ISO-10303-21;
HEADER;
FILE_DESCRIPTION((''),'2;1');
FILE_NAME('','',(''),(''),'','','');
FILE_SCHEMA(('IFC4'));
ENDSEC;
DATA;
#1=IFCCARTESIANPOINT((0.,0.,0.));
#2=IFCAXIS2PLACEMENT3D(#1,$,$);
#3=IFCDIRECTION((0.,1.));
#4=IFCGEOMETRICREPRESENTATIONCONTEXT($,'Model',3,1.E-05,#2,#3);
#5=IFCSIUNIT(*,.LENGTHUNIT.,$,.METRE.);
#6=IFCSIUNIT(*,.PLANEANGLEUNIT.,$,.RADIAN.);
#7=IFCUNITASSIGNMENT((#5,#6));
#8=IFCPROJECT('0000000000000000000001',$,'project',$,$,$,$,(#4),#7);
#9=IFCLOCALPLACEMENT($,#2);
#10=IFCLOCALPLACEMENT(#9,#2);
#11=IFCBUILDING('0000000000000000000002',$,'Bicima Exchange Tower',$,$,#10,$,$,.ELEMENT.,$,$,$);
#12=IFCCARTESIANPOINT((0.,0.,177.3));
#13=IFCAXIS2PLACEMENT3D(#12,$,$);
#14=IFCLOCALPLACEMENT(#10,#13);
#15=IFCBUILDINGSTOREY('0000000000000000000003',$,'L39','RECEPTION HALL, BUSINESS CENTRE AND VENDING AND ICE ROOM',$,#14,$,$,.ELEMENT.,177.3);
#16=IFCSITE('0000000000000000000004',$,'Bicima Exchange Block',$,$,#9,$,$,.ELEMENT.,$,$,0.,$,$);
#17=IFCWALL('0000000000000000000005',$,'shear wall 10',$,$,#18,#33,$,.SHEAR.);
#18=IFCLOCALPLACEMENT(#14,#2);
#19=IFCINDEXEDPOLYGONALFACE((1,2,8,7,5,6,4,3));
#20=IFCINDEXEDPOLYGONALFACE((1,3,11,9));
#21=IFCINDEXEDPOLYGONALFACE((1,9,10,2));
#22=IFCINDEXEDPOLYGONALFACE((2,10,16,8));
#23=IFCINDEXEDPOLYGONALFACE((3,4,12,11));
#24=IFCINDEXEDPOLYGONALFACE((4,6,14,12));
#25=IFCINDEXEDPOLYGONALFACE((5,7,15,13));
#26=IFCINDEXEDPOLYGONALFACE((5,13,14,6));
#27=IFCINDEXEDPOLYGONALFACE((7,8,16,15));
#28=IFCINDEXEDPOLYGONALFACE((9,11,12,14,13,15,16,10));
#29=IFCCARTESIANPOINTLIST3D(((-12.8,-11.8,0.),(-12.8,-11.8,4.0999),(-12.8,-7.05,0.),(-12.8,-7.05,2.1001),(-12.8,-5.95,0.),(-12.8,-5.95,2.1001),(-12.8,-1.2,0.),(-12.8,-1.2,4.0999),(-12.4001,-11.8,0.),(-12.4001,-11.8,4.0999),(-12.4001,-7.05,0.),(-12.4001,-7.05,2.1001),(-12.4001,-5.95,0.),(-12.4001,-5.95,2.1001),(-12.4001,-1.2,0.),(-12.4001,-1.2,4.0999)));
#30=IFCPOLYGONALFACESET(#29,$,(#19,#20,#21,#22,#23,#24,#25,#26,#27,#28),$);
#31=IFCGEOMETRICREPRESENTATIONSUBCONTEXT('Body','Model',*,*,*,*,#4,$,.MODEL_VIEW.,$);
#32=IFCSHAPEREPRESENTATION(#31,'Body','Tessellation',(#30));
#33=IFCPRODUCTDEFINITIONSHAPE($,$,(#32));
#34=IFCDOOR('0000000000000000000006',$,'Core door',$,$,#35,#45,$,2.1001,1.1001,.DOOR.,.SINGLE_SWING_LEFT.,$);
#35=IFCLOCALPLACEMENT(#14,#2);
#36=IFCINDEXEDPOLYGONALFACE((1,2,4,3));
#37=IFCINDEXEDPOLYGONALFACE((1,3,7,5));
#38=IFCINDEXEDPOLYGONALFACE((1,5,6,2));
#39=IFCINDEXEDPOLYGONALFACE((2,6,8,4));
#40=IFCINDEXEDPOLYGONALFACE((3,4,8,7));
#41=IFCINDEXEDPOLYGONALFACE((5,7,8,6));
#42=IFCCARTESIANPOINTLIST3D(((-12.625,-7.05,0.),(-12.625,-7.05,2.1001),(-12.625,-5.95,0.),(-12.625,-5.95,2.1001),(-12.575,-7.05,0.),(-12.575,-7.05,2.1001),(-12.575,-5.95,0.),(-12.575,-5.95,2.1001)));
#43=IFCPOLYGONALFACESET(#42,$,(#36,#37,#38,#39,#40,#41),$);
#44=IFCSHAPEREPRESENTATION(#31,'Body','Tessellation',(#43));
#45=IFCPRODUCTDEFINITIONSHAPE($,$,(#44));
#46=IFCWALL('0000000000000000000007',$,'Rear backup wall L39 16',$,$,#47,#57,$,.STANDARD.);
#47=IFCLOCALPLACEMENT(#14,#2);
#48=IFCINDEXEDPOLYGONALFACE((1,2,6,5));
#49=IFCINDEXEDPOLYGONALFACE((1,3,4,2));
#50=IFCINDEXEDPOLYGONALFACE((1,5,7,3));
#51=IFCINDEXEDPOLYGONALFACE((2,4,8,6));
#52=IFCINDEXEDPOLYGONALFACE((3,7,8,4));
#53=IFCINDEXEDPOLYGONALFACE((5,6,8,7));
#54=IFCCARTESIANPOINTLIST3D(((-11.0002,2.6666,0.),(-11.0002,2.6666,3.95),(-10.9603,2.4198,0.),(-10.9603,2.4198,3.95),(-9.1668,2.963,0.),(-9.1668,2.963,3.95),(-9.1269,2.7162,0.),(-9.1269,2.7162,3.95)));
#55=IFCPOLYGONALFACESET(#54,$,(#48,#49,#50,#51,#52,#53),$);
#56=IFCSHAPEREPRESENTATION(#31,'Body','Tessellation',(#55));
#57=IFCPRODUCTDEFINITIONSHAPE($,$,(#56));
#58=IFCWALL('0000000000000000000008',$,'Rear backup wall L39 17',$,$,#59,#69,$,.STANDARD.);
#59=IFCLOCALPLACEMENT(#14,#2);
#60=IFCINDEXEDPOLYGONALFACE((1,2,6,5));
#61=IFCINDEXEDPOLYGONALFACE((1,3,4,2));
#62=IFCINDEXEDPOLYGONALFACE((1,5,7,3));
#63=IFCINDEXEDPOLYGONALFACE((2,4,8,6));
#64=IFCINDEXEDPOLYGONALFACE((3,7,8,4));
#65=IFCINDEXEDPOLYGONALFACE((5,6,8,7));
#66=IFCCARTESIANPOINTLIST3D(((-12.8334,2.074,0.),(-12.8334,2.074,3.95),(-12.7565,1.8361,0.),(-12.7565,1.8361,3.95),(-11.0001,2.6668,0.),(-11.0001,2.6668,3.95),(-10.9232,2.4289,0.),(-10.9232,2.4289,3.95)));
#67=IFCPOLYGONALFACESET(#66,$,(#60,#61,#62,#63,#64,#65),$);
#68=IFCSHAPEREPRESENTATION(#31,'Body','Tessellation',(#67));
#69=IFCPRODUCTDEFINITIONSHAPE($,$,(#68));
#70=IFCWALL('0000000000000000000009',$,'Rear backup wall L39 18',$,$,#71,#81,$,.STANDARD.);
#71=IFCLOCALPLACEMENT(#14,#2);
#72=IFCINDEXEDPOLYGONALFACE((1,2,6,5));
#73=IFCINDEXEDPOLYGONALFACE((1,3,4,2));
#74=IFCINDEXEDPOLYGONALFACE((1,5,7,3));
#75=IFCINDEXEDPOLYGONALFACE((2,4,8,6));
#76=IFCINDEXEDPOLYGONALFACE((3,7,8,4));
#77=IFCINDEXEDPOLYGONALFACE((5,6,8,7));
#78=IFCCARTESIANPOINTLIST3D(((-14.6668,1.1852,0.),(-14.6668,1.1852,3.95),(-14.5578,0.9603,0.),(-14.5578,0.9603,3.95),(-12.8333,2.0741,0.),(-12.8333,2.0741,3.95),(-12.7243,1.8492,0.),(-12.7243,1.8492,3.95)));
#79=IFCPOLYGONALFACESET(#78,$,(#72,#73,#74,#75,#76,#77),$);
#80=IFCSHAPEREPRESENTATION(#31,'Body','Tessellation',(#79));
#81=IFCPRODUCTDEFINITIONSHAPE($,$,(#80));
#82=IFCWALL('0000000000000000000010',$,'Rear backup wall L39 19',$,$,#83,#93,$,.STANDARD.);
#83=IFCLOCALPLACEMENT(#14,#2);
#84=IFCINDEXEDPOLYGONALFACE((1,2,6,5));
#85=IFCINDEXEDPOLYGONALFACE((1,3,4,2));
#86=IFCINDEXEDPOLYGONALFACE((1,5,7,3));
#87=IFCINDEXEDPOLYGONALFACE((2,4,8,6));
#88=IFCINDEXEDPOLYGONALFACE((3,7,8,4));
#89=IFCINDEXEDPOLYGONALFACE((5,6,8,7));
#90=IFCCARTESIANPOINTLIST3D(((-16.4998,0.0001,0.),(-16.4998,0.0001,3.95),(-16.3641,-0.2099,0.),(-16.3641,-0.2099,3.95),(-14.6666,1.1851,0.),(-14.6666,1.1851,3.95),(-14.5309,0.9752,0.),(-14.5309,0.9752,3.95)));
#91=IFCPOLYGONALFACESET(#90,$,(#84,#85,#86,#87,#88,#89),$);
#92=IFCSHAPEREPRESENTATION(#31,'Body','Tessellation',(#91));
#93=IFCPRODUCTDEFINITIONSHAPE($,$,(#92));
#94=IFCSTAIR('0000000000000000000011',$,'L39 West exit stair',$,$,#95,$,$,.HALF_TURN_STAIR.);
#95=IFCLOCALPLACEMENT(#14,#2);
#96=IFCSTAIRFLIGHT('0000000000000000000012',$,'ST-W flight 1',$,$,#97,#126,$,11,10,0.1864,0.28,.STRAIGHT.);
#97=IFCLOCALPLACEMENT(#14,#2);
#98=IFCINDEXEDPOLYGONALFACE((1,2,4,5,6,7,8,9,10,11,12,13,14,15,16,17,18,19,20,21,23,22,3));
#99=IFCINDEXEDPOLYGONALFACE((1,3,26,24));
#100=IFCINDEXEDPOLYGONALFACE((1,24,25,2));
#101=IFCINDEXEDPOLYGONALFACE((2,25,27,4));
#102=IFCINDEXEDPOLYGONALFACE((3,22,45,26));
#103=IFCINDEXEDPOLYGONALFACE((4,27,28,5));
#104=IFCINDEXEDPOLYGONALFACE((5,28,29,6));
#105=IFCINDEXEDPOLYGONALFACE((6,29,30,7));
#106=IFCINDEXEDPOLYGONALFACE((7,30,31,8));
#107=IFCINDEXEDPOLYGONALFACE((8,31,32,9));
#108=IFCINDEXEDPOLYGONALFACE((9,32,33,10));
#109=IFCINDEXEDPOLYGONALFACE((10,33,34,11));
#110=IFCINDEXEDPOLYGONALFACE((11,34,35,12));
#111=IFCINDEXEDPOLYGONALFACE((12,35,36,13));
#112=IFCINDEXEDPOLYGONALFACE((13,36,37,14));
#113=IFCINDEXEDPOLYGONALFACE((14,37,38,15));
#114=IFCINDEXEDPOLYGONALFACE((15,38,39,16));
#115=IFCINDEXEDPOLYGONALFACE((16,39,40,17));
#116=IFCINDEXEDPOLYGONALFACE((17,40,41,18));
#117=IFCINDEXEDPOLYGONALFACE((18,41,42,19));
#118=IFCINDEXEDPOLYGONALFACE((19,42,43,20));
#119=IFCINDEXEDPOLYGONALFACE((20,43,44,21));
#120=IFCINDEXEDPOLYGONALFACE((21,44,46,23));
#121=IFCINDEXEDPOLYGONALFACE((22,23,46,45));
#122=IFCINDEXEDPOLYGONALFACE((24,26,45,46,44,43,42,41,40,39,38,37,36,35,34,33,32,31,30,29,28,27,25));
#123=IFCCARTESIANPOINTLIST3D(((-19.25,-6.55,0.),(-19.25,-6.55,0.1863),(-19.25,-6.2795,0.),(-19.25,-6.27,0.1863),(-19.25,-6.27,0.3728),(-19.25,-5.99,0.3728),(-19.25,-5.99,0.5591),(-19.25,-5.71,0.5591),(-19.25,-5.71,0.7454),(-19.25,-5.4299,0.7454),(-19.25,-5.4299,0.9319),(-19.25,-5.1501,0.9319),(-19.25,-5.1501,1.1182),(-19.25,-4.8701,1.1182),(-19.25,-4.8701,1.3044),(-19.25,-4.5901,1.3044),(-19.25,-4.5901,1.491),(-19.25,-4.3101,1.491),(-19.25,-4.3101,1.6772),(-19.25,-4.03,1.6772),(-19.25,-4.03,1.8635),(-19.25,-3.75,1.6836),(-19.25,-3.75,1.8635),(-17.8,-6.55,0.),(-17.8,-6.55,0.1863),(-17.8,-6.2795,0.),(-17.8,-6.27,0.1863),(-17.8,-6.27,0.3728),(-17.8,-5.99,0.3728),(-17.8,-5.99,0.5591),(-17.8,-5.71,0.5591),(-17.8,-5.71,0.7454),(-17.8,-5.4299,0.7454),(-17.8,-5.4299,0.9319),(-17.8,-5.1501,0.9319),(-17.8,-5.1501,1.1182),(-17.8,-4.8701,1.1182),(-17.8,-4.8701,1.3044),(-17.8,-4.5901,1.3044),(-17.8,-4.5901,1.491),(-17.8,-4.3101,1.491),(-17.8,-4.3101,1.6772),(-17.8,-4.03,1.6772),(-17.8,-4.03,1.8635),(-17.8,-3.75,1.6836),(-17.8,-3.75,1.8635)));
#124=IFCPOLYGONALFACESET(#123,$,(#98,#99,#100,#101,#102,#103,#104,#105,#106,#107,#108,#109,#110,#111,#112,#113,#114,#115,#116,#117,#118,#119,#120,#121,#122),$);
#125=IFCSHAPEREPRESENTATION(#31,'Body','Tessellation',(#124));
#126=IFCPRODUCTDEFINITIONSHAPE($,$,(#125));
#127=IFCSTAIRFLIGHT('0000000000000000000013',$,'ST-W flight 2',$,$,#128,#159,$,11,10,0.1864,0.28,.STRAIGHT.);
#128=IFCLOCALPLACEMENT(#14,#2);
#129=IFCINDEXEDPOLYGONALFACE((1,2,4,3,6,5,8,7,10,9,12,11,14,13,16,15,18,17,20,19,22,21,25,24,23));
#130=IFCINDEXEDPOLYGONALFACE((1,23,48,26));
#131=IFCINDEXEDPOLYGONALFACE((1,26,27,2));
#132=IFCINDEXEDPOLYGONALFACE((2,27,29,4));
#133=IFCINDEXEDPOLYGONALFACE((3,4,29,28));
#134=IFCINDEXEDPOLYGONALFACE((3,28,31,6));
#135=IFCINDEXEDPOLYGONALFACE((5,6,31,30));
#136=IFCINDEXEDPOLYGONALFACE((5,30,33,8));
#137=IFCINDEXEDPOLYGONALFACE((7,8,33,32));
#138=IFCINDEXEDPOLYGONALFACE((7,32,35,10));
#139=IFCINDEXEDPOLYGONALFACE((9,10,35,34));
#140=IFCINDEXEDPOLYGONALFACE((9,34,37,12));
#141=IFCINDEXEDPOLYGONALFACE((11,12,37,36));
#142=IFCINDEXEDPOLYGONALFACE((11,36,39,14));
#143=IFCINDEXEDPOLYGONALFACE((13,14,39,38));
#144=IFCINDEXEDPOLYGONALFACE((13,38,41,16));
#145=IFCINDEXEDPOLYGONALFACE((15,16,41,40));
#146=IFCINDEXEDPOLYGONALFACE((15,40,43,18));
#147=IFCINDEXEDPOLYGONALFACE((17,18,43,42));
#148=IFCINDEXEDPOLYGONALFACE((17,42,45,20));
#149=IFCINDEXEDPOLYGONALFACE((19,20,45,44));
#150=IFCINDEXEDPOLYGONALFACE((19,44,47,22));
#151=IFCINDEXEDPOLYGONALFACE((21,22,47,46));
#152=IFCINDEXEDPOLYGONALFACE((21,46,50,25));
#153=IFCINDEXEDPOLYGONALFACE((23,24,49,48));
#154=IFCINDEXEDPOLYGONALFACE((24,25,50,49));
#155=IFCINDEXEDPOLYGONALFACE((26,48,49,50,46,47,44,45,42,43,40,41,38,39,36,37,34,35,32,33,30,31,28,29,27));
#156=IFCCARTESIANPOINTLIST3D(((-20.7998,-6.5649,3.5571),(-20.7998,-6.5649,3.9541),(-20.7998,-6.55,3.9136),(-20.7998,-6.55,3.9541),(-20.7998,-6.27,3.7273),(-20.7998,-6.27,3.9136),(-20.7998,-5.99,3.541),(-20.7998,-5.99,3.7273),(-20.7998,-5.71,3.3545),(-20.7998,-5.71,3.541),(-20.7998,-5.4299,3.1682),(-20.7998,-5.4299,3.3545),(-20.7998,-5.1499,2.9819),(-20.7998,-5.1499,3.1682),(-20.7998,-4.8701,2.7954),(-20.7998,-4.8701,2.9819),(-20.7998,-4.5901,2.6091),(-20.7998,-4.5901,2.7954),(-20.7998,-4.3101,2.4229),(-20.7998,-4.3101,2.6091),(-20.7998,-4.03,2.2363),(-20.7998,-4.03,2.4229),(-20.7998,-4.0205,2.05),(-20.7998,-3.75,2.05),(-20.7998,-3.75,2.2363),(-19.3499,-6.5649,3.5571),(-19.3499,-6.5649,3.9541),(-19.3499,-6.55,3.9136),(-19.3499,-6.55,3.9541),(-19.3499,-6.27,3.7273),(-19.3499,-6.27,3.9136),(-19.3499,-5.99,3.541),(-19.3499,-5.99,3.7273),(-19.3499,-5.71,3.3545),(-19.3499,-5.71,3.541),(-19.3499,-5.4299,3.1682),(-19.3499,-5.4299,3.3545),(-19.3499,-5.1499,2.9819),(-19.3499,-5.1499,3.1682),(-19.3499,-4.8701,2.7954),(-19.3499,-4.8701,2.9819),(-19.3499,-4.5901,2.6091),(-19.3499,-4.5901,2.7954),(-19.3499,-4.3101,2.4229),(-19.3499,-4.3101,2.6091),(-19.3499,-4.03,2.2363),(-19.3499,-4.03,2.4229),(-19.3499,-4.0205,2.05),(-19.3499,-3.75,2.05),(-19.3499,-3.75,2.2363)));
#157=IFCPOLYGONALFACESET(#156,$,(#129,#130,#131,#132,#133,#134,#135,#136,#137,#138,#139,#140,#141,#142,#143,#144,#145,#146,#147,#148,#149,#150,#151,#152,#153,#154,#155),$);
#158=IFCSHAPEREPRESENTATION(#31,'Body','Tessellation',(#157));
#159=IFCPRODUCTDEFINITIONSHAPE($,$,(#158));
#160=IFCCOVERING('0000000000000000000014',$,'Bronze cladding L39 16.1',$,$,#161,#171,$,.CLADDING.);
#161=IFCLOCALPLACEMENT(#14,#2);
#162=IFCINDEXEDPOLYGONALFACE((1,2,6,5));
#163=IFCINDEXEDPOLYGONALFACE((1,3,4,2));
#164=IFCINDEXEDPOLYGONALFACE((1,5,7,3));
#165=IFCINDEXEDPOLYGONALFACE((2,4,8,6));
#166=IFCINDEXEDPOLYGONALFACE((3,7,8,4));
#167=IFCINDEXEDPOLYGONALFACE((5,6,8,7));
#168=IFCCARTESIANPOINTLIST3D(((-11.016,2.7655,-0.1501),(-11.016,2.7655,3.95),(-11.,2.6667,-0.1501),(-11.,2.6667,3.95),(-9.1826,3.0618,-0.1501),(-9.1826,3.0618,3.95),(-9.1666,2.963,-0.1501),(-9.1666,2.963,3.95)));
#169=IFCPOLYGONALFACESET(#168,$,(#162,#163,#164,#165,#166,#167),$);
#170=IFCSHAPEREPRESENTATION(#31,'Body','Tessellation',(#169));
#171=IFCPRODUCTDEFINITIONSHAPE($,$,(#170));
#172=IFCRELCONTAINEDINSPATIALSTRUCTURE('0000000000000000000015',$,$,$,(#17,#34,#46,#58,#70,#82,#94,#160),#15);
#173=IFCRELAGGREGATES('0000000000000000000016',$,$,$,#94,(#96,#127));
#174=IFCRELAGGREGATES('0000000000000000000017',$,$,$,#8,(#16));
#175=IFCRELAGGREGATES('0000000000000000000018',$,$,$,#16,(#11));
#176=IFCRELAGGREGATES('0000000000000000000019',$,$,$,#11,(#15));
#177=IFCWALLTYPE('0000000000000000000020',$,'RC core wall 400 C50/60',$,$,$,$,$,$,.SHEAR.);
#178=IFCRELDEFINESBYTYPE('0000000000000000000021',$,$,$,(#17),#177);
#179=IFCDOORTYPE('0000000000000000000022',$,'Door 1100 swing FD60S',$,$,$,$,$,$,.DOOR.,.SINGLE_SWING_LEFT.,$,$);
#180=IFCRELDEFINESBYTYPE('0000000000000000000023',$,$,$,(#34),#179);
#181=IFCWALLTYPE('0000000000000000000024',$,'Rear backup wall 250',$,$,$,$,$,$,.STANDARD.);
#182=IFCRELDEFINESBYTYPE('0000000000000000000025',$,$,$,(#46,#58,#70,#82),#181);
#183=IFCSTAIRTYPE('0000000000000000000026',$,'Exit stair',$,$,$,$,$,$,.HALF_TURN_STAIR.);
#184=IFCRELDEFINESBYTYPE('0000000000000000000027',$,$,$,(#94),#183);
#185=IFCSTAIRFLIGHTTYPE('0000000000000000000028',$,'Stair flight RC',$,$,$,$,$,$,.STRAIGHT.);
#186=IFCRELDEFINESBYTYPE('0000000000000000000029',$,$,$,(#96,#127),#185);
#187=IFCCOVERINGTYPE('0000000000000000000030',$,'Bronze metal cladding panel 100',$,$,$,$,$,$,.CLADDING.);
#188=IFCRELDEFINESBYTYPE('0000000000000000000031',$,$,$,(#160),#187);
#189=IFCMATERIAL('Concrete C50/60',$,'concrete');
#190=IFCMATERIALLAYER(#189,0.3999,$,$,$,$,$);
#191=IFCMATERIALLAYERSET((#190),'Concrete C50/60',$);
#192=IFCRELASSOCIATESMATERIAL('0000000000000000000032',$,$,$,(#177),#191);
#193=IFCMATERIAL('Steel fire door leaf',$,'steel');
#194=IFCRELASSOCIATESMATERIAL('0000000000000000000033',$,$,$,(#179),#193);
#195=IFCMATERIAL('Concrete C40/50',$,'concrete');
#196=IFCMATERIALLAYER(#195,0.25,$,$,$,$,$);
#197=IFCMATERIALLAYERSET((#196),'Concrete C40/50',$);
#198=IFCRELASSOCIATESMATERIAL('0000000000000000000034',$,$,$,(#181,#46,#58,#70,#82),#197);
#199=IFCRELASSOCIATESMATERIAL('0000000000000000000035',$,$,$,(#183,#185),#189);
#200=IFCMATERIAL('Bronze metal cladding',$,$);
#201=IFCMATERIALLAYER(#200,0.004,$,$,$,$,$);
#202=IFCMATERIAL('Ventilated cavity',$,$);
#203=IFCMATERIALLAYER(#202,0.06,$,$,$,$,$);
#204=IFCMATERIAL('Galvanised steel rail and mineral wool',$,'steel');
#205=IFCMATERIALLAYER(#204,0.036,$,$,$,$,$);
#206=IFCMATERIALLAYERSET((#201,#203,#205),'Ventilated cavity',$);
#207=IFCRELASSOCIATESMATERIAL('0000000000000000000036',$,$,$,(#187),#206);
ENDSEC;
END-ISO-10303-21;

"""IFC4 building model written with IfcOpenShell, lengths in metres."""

from ifc_helpers import new_model, si_unit, direction, frame, frame_2d, origin, origin_2d, place, context, subcontext, project, spatial, polyline, rectangle, outline, extrude, material, layer, layer_set, layer_usage, type_object, element, fill, aggregate, save


model = new_model("IFC4")

# Units and contexts
model_context = context("Model", 3, precision=1e-05, world=origin(), true_north=direction((0.0, 1.0)))
body_context = subcontext(model_context, "Body", "Model", "MODEL_VIEW")
ifc_project = project(units=[si_unit("LENGTHUNIT", "METRE"), si_unit("PLANEANGLEUNIT", "RADIAN")], contexts=[model_context])

# Site, building, storey
site_placement = place(None, origin())
site = spatial("IfcSite", under=ifc_project, at=site_placement, Name="Bicima Exchange Block", CompositionType="ELEMENT", RefElevation=0.0)
building_placement = place(site_placement, origin())
building = spatial("IfcBuilding", under=site, at=building_placement, Name="Bicima Exchange Tower", CompositionType="ELEMENT")
storey_placement = place(building_placement, frame((0.0, 0.0, 177.3)))
storey = spatial("IfcBuildingStorey", under=building, at=storey_placement, Name="L39", Description="RECEPTION HALL, BUSINESS CENTRE AND VENDING AND ICE ROOM", CompositionType="ELEMENT", Elevation=177.3)

# Shared definitions
ifc_material_1 = material(Name="Concrete C50/60", Category="concrete")
ifc_layer_1 = layer(ifc_material_1, 0.3999)
ifc_layer_set_1 = layer_set([ifc_layer_1], Name="Concrete C50/60")
wall_type_1 = type_object("IfcWallType", Name="RC core wall 400 C50/60", PredefinedType="SHEAR", material=ifc_layer_set_1)
ifc_material_2 = material(Name="Steel fire door leaf", Category="steel")
door_type_1 = type_object("IfcDoorType", Name="Door 1100 swing FD60S", OperationType="SINGLE_SWING_LEFT", PredefinedType="DOOR", material=ifc_material_2)

# Wall, opening, door
wall_1_placement = place(storey_placement, frame((-12.6001, -11.8, 0.0), z_axis=(0.0, 0.0, 1.0), x_axis=(0.0, 1.0, 0.0)))
wall_1 = element("IfcWall", 1, at=wall_1_placement, inside=storey, type_object=wall_type_1, Name="shear wall 10", PredefinedType="SHEAR", context=body_context, shape_type="SweptSolid", body=[
    extrude(rectangle(XDim=10.6001, YDim=0.3999, at=frame_2d((5.3, 0.0))), origin(), (0.0, 0.0, 1.0), 4.0999),
])
opening_1_placement = place(wall_1_placement, frame((4.75, 0.0, 0.0)))
opening_1 = element("IfcOpeningElement", 2, at=opening_1_placement, cuts=wall_1, PredefinedType="OPENING", context=body_context, shape_type="SweptSolid", body=[
    extrude(rectangle(XDim=1.1001, YDim=2.1001, at=frame_2d((0.55, 1.05))), frame((0.0, 0.2119, 0.0), z_axis=(0.0, -1.0, 0.0), x_axis=(1.0, 0.0, 0.0)), (0.0, 0.0, 1.0), 0.4238),
])
door_1_placement = place(opening_1_placement, origin())
door_1 = element("IfcDoor", 3, at=door_1_placement, inside=storey, type_object=door_type_1, Name="Core door", OperationType="SINGLE_SWING_LEFT", OverallHeight=2.1001, OverallWidth=1.1001, PredefinedType="DOOR", context=body_context, shape_type="SweptSolid", body=[
    extrude(rectangle(XDim=1.1001, YDim=2.1001, at=frame_2d((0.55, 1.05))), frame((0.0, 0.0249, 0.0), z_axis=(0.0, -1.0, 0.0), x_axis=(1.0, 0.0, 0.0)), (0.0, 0.0, 1.0), 0.05),
])
fill(opening_1, door_1)

# Walls
ifc_material_3 = material(Name="Concrete C40/50", Category="concrete")
ifc_layer_2 = layer(ifc_material_3, 0.25)
ifc_layer_set_2 = layer_set([ifc_layer_2], Name="Concrete C40/50")
ifc_layer_usage = layer_usage(ifc_layer_set_2, "AXIS2", "POSITIVE", -0.125)
wall_type_2 = type_object("IfcWallType", Name="Rear backup wall 250", PredefinedType="STANDARD", material=ifc_layer_set_2)
wall_2_placement = place(storey_placement, frame((-9.1467, 2.8396, 0.0), z_axis=(0.0, 0.0, 1.0), x_axis=(-0.987182, -0.1596, 0.0)))
element("IfcWall", 4, at=wall_2_placement, inside=storey, type_object=wall_type_2, material=ifc_layer_usage, Name="Rear backup wall L39 16", PredefinedType="STANDARD", context=body_context, shape_type="SweptSolid", body=[
    extrude(rectangle(XDim=1.8572, YDim=0.25, at=frame_2d((0.9287, 0.0))), origin(), (0.0, 0.0, 1.0), 3.95),
])
wall_3_placement = place(storey_placement, frame((-10.9617, 2.5479, 0.0), z_axis=(0.0, 0.0, 1.0), x_axis=(-0.951496, -0.307662, 0.0)))
element("IfcWall", 5, at=wall_3_placement, inside=storey, type_object=wall_type_2, material=ifc_layer_usage, Name="Rear backup wall L39 17", PredefinedType="STANDARD", context=body_context, shape_type="SweptSolid", body=[
    extrude(rectangle(XDim=1.9268, YDim=0.25, at=frame_2d((0.9634, 0.0))), origin(), (0.0, 0.0, 1.0), 3.95),
])
wall_4_placement = place(storey_placement, frame((-12.7788, 1.9617, 0.0), z_axis=(0.0, 0.0, 1.0), x_axis=(-0.899824, -0.436253, 0.0)))
element("IfcWall", 6, at=wall_4_placement, inside=storey, type_object=wall_type_2, material=ifc_layer_usage, Name="Rear backup wall L39 18", PredefinedType="STANDARD", context=body_context, shape_type="SweptSolid", body=[
    extrude(rectangle(XDim=2.0376, YDim=0.25, at=frame_2d((1.0188, 0.0))), origin(), (0.0, 0.0, 1.0), 3.95),
])
wall_5_placement = place(storey_placement, frame((-14.5989, 1.0801, 0.0), z_axis=(0.0, 0.0, 1.0), x_axis=(-0.839813, -0.542876, 0.0)))
element("IfcWall", 7, at=wall_5_placement, inside=storey, type_object=wall_type_2, material=ifc_layer_usage, Name="Rear backup wall L39 19", PredefinedType="STANDARD", context=body_context, shape_type="SweptSolid", body=[
    extrude(rectangle(XDim=2.1829, YDim=0.25, at=frame_2d((1.0913, 0.0))), origin(), (0.0, 0.0, 1.0), 3.95),
])

# Stair, stair flights
stair_type = type_object("IfcStairType", Name="Exit stair", PredefinedType="HALF_TURN_STAIR", material=ifc_material_1)
stair_placement = place(storey_placement, origin())
stair = element("IfcStair", 8, at=stair_placement, inside=storey, type_object=stair_type, Name="L39 West exit stair", PredefinedType="HALF_TURN_STAIR")
stair_flight_type = type_object("IfcStairFlightType", Name="Stair flight RC", PredefinedType="STRAIGHT", material=ifc_material_1)
stair_flight_1_placement = place(storey_placement, frame((-18.5249, -6.55, 0.0), z_axis=(0.0, 0.0, 1.0), x_axis=(0.0, 1.0, 0.0)))
stair_flight_1 = element("IfcStairFlight", 9, at=stair_flight_1_placement, type_object=stair_flight_type, Name="ST-W flight 1", NumberOfRisers=11, NumberOfTreads=10, PredefinedType="STRAIGHT", RiserHeight=0.1864, TreadLength=0.28, context=body_context, shape_type="SweptSolid", body=[
    extrude(outline(polyline([(0.0, 0.0), (0.0, 0.1863), (0.28, 0.1863), (0.28, 0.3728), (0.5601, 0.3728), (0.5601, 0.5591), (0.8401, 0.5591), (0.8401, 0.7454), (1.1201, 0.7454), (1.1201, 0.9319), (1.3999, 0.9319), (1.3999, 1.1182), (1.6799, 1.1182), (1.6799, 1.3044), (1.96, 1.3044), (1.96, 1.491), (2.24, 1.491), (2.24, 1.6772), (2.52, 1.6772), (2.52, 1.8635), (2.8, 1.8635), (2.8, 2.05), (2.8, 1.6836), (0.2705, 0.0), (0.0, 0.0)])), frame((0.0, 0.7251, 0.0), z_axis=(0.0, -1.0, 0.0), x_axis=(1.0, 0.0, 0.0)), (0.0, 0.0, 1.0), 1.45),
])
stair_flight_2_placement = place(storey_placement, frame((-20.075, -3.75, 2.05), z_axis=(0.0, 0.0, 1.0), x_axis=(0.0, -1.0, 0.0)))
stair_flight_2 = element("IfcStairFlight", 10, at=stair_flight_2_placement, type_object=stair_flight_type, Name="ST-W flight 2", NumberOfRisers=11, NumberOfTreads=10, PredefinedType="STRAIGHT", RiserHeight=0.1864, TreadLength=0.28, context=body_context, shape_type="SweptSolid", body=[
    extrude(outline(polyline([(0.0, 0.0), (0.0, 0.1863), (0.28, 0.1863), (0.28, 0.3728), (0.5601, 0.3728), (0.5601, 0.5591), (0.8401, 0.5591), (0.8401, 0.7454), (1.1201, 0.7454), (1.1201, 0.9319), (1.3999, 0.9319), (1.3999, 1.1182), (1.6799, 1.1182), (1.6799, 1.3044), (1.96, 1.3044), (1.96, 1.491), (2.24, 1.491), (2.24, 1.6772), (2.52, 1.6772), (2.52, 1.8635), (2.8, 1.8635), (2.8, 1.9041), (2.8149, 1.9041), (2.8149, 1.5071), (0.2705, 0.0), (0.0, 0.0)])), frame((0.0, 0.7251, 0.0), z_axis=(0.0, -1.0, 0.0), x_axis=(1.0, 0.0, 0.0)), (0.0, 0.0, 1.0), 1.45),
])
aggregate(stair, [stair_flight_1, stair_flight_2])

# Covering
ifc_material_4 = material(Name="Bronze metal cladding")
ifc_layer_3 = layer(ifc_material_4, 0.004)
ifc_material_5 = material(Name="Ventilated cavity")
ifc_layer_4 = layer(ifc_material_5, 0.06)
ifc_material_6 = material(Name="Galvanised steel rail and mineral wool", Category="steel")
ifc_layer_5 = layer(ifc_material_6, 0.036)
ifc_layer_set_3 = layer_set([ifc_layer_3, ifc_layer_4, ifc_layer_5], Name="Ventilated cavity")
covering_type = type_object("IfcCoveringType", Name="Bronze metal cladding panel 100", PredefinedType="CLADDING", material=ifc_layer_set_3)
covering_1_placement = place(storey_placement, frame((-10.0913, 2.8643, -0.1501), z_axis=(0.0, 0.0, 1.0), x_axis=(-0.98719, -0.15955, 0.0)))
element("IfcCovering", 11, at=covering_1_placement, inside=storey, type_object=covering_type, Name="Bronze cladding L39 16.1", PredefinedType="CLADDING", context=body_context, shape_type="SweptSolid", body=[
    extrude(rectangle(XDim=1.8572, YDim=0.1001, at=origin_2d()), origin(), (0.0, 0.0, 1.0), 4.1001),
])

save(model, "model.ifc")
